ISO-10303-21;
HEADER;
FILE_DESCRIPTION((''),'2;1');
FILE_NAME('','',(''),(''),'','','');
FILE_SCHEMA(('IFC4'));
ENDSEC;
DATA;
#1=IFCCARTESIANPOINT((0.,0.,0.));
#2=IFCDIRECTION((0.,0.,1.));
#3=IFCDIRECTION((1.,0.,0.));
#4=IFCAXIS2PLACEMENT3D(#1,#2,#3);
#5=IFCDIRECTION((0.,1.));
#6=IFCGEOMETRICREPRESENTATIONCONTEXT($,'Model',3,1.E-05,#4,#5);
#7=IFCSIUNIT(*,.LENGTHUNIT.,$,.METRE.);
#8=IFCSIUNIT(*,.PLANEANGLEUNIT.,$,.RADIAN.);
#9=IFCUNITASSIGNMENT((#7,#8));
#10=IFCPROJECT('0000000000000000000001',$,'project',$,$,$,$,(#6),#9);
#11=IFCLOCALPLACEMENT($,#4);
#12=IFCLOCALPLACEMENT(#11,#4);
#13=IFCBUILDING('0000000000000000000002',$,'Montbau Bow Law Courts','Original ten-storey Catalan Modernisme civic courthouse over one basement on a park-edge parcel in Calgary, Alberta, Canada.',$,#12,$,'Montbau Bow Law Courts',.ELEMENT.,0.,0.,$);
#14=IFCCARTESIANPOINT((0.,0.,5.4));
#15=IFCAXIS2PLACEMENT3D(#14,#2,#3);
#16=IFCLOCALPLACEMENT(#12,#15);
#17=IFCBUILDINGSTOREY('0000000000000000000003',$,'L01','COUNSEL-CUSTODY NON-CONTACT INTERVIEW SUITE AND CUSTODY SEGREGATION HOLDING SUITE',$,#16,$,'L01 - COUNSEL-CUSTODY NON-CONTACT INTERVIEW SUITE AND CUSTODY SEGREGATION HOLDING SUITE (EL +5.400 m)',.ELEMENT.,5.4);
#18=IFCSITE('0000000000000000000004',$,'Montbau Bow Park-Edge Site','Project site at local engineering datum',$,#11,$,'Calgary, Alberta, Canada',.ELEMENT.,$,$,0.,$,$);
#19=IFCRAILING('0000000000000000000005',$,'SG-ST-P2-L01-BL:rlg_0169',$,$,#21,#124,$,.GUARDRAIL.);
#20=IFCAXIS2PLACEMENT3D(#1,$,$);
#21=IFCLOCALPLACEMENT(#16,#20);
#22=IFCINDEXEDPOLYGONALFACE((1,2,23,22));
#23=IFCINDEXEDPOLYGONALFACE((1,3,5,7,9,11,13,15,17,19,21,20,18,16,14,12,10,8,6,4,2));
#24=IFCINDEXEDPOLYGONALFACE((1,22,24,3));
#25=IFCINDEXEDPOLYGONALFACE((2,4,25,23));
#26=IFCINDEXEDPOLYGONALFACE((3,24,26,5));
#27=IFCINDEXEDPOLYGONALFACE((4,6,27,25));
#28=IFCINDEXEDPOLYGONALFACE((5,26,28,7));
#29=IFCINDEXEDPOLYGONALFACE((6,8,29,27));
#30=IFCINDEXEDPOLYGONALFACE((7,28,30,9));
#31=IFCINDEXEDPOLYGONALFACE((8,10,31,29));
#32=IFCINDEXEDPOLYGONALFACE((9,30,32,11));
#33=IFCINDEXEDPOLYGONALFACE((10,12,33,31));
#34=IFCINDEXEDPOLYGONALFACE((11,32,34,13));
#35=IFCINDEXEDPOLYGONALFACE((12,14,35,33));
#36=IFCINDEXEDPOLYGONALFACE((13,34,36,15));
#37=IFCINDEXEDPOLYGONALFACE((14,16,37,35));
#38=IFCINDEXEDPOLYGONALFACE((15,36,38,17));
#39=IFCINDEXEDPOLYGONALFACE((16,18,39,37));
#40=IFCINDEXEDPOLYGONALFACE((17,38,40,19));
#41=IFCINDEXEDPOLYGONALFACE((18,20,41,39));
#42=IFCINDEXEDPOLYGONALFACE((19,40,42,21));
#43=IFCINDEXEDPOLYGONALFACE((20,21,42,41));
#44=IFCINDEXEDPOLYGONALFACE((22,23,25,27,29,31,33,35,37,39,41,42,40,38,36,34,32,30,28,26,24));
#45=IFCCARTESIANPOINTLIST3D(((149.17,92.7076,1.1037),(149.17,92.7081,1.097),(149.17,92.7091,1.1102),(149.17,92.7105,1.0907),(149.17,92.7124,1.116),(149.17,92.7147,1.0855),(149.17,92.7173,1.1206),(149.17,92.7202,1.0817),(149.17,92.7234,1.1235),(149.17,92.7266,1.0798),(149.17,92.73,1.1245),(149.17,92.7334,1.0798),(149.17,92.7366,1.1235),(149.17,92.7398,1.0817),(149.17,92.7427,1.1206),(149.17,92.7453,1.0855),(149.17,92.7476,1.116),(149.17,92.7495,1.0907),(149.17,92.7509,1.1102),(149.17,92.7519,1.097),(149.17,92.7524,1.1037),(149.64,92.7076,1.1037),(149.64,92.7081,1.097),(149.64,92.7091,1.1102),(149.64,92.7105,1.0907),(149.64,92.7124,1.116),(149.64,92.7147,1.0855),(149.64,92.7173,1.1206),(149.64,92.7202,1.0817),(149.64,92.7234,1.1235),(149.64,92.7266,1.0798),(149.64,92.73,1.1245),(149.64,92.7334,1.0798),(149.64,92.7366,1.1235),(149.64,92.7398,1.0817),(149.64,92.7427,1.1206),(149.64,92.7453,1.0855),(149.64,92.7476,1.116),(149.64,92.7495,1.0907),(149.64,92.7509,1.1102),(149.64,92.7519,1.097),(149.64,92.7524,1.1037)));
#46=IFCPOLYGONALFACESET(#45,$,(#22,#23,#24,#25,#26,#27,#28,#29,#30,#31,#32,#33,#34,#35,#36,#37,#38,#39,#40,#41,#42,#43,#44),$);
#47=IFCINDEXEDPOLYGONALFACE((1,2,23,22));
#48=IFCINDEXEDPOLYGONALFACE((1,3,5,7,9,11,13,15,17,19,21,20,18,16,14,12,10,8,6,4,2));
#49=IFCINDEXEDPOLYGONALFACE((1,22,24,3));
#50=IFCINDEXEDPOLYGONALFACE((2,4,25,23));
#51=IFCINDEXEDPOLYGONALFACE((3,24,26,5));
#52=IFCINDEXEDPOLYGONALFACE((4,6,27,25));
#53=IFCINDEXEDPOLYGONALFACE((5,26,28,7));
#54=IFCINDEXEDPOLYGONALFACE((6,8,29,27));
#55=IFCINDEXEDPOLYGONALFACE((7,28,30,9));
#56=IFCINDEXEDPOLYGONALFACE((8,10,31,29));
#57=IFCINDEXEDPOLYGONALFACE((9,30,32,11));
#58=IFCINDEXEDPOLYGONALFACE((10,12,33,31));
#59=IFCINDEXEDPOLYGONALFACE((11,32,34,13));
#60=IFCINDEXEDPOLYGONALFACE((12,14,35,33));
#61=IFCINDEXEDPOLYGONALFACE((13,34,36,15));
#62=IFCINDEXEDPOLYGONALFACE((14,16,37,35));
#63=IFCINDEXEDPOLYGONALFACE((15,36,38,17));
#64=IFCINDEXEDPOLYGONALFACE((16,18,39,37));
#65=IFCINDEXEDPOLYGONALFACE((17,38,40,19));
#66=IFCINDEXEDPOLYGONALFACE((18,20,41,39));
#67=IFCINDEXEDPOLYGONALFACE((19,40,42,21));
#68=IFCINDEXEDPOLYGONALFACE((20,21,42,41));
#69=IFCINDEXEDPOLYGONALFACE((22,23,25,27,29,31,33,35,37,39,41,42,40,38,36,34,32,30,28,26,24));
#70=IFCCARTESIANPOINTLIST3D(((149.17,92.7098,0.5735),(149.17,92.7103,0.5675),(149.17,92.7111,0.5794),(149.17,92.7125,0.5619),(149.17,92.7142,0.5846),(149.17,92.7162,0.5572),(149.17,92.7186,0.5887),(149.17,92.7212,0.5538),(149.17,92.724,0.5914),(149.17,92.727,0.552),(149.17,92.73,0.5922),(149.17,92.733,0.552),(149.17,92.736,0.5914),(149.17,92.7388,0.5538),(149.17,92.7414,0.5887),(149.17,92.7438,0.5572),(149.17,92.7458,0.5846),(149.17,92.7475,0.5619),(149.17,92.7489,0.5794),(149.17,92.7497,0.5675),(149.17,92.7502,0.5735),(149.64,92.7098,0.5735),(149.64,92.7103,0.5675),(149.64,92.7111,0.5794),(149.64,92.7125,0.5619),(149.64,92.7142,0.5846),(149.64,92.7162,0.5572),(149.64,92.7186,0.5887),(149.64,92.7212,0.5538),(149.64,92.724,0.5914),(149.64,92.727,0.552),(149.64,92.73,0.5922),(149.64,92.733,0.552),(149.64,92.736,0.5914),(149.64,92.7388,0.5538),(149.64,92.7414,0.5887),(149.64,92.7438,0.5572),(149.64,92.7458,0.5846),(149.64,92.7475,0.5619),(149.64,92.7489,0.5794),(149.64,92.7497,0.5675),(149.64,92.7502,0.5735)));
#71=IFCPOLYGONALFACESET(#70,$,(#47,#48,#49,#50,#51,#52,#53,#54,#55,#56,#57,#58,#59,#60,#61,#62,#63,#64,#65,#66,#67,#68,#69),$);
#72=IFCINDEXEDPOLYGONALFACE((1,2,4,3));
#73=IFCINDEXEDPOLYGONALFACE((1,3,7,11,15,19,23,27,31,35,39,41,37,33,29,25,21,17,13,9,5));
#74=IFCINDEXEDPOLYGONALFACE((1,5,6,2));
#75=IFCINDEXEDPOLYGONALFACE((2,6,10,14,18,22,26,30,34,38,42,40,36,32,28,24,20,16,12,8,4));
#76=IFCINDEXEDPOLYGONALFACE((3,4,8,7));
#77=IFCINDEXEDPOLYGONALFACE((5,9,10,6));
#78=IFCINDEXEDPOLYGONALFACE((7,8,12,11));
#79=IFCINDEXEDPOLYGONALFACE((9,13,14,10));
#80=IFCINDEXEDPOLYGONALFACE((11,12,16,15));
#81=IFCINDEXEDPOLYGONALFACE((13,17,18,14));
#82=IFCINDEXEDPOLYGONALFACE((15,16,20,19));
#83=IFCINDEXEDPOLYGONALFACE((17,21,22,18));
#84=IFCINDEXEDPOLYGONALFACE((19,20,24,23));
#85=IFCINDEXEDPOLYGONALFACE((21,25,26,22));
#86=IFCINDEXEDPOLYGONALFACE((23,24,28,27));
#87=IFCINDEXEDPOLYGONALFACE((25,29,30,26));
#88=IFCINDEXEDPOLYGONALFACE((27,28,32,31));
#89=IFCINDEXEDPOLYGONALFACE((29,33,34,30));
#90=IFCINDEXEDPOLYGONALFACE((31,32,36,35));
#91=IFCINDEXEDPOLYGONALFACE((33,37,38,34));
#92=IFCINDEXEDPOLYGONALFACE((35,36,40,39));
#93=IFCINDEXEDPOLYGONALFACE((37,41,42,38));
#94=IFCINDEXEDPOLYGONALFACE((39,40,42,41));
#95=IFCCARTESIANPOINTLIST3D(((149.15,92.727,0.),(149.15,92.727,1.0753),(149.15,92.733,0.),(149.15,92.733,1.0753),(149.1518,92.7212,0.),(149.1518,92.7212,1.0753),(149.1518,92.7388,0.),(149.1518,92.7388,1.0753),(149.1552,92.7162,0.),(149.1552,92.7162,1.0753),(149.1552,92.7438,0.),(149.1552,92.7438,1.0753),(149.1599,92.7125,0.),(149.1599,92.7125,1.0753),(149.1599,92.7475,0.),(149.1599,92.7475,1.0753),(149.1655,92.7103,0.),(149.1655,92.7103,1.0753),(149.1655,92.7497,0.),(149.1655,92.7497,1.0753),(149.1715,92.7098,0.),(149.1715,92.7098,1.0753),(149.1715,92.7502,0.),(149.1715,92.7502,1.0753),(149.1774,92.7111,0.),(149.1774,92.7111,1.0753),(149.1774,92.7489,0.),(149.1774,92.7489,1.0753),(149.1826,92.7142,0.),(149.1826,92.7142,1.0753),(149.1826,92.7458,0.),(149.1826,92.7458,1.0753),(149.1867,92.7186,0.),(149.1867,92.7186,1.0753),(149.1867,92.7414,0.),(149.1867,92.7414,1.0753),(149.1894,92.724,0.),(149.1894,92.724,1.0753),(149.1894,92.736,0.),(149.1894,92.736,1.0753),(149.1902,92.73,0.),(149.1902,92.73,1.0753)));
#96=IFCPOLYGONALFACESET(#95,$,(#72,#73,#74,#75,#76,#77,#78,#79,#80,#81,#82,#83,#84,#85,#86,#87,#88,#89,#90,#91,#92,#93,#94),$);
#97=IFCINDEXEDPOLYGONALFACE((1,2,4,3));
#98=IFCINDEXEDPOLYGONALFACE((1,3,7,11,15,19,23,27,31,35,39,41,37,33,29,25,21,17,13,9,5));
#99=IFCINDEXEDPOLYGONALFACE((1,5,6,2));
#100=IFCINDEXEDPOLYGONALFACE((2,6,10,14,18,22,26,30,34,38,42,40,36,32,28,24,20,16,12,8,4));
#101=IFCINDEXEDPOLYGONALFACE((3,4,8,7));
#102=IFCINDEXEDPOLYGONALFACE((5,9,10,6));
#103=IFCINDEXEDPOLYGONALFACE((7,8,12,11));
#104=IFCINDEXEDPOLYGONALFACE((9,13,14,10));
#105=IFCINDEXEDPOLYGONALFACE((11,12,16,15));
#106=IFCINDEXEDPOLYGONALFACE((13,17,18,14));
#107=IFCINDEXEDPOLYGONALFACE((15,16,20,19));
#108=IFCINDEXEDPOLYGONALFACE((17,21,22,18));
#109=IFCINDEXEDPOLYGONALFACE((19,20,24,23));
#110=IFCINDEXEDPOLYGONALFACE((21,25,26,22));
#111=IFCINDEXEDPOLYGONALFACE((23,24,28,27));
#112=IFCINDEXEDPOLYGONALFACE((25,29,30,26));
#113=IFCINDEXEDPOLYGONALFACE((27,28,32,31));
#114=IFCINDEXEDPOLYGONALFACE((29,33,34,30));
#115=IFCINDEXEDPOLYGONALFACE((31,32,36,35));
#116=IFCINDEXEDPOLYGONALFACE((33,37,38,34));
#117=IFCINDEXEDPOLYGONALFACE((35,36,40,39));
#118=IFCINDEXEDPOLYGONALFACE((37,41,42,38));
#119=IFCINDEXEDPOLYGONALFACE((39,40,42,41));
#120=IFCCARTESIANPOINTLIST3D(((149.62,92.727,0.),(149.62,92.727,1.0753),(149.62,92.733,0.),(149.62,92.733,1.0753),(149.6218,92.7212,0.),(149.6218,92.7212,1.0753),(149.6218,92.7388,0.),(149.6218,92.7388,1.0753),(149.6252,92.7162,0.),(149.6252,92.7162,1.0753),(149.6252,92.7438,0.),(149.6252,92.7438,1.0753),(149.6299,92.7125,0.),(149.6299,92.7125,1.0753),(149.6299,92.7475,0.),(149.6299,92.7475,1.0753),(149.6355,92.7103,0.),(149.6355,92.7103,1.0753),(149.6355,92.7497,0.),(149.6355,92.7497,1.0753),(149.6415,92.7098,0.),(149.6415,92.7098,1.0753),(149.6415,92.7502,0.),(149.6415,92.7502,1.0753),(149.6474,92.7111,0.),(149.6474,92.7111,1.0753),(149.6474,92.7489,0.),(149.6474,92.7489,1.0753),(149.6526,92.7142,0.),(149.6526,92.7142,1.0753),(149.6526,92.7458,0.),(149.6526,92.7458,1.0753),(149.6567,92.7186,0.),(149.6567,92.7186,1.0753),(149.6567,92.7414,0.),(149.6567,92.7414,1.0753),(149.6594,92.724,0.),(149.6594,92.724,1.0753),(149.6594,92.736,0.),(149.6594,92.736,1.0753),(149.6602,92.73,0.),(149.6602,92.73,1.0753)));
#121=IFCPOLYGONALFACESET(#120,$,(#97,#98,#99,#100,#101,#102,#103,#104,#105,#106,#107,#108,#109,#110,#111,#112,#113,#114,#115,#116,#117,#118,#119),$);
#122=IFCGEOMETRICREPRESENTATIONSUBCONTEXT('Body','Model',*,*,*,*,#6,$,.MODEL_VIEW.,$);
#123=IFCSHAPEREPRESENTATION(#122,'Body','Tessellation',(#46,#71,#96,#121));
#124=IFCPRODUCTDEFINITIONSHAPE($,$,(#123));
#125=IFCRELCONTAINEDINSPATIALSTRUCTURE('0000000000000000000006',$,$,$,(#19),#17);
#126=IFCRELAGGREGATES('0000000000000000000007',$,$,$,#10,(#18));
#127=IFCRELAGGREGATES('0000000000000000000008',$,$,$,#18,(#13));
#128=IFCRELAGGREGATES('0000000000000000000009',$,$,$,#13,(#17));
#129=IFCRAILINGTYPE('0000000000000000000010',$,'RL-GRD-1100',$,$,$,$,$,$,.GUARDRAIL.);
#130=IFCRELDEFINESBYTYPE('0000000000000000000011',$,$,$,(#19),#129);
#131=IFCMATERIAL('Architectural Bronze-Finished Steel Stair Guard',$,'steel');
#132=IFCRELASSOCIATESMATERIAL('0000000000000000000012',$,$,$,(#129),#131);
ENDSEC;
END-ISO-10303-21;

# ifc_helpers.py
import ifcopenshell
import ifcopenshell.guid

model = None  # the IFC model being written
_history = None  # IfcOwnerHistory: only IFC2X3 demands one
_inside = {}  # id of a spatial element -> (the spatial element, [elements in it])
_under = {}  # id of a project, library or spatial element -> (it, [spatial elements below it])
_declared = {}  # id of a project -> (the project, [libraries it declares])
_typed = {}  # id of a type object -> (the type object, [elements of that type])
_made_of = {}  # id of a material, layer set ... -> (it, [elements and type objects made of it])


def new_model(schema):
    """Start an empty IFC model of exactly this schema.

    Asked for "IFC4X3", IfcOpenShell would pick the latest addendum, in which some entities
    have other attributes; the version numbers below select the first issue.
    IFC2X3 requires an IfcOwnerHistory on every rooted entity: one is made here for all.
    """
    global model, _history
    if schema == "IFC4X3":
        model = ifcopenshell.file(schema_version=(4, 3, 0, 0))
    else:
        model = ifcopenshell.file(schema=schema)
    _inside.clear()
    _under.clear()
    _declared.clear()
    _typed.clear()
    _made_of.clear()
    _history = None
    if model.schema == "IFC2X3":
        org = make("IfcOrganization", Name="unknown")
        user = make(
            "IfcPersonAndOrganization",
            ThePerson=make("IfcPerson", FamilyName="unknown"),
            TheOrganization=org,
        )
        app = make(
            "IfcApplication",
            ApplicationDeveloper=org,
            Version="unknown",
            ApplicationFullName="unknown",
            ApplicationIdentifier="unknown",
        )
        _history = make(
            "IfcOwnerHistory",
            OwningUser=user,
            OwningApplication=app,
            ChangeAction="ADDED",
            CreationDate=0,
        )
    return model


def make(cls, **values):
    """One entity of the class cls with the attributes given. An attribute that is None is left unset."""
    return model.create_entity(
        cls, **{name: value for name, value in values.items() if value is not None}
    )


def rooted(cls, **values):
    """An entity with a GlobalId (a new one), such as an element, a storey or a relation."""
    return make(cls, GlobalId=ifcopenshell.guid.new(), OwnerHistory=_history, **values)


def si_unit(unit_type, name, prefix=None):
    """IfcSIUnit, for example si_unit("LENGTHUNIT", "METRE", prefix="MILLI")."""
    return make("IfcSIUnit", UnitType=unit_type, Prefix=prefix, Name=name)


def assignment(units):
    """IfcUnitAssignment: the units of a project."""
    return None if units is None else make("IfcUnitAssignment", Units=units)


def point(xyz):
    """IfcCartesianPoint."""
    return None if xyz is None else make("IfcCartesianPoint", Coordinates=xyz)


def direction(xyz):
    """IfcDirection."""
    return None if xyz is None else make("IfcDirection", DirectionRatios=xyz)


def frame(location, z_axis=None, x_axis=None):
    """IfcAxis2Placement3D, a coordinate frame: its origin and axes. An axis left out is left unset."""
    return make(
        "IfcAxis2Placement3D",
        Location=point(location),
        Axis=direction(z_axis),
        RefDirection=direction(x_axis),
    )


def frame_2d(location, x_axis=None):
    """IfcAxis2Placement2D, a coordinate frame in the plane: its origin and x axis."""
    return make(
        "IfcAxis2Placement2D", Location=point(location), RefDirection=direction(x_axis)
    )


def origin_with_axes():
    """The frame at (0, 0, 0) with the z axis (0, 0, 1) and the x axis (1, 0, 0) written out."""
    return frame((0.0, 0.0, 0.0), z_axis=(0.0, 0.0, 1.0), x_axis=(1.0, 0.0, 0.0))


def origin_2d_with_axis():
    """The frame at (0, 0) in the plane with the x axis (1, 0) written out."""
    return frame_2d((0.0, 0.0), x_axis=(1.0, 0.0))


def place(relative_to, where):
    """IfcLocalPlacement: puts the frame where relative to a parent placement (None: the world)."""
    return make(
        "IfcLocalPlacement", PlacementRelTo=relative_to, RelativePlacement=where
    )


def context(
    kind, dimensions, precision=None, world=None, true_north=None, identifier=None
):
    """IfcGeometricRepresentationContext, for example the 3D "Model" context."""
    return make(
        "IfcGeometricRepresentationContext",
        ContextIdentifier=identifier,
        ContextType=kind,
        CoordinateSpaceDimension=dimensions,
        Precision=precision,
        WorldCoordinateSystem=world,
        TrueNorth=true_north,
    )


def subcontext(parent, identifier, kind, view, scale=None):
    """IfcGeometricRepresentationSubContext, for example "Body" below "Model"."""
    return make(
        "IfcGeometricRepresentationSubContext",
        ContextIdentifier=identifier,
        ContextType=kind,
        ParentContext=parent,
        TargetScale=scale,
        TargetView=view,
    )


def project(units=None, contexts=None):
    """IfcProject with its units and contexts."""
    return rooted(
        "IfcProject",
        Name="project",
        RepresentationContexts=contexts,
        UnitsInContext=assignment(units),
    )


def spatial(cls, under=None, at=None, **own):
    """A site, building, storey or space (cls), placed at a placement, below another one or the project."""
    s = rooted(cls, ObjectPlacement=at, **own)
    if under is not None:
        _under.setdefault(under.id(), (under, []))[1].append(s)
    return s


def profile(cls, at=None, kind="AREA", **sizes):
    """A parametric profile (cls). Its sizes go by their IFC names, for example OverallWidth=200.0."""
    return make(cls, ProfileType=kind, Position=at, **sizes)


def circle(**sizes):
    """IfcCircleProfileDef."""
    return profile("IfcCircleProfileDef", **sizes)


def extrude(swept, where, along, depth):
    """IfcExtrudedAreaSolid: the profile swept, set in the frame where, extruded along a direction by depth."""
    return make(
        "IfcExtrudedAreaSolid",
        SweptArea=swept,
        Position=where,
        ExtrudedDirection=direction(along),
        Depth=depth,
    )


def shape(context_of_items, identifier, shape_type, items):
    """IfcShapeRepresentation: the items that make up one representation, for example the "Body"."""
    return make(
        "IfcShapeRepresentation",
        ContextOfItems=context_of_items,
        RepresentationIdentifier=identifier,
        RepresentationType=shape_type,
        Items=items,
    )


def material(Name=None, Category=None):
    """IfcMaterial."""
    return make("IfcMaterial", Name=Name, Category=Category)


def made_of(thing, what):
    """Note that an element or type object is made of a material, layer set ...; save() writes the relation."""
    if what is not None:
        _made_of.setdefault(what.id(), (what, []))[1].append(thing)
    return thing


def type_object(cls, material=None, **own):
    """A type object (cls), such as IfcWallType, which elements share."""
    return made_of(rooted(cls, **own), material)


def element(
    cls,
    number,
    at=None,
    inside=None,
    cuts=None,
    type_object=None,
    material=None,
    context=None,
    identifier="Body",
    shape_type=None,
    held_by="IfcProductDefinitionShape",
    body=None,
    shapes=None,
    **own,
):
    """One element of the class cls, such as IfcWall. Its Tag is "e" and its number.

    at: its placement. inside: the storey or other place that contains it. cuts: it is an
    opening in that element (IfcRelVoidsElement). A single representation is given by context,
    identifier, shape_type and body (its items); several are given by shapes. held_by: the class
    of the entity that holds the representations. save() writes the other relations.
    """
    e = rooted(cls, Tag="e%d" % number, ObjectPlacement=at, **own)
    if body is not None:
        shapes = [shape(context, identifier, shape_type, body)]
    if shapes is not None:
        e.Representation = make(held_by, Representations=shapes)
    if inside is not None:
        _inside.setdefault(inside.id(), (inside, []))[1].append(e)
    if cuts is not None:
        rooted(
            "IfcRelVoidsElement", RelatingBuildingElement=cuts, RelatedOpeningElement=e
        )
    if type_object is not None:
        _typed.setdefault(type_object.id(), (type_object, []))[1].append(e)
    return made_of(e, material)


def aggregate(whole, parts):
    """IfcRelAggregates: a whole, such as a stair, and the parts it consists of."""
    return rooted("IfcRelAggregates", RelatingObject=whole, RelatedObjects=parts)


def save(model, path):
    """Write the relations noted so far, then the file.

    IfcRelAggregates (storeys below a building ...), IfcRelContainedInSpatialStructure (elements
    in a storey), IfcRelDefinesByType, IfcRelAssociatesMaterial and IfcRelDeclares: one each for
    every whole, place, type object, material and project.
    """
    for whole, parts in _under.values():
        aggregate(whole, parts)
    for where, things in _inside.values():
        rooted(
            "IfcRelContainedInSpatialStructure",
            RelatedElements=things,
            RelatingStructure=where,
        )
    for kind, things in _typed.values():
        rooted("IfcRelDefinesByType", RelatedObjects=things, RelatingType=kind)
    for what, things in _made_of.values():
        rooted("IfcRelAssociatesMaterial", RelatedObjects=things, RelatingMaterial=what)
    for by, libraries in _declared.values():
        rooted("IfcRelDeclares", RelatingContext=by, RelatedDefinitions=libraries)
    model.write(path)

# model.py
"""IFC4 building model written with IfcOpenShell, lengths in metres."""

from ifc_helpers import new_model, si_unit, direction, frame, origin_with_axes, origin_2d_with_axis, place, context, subcontext, project, spatial, circle, extrude, material, type_object, element, save


model = new_model("IFC4")

# Units and contexts
model_context = context("Model", 3, precision=1e-05, world=origin_with_axes(), true_north=direction((0.0, 1.0)))
body_context = subcontext(model_context, "Body", "Model", "MODEL_VIEW")
ifc_project = project(units=[si_unit("LENGTHUNIT", "METRE"), si_unit("PLANEANGLEUNIT", "RADIAN")], contexts=[model_context])

# Site, building, storey
site_placement = place(None, origin_with_axes())
site = spatial("IfcSite", under=ifc_project, at=site_placement, Name="Montbau Bow Park-Edge Site", Description="Project site at local engineering datum", LongName="Calgary, Alberta, Canada", CompositionType="ELEMENT", RefElevation=0.0)
building_placement = place(site_placement, origin_with_axes())
building = spatial("IfcBuilding", under=site, at=building_placement, Name="Montbau Bow Law Courts", Description="Original ten-storey Catalan Modernisme civic courthouse over one basement on a park-edge parcel in Calgary, Alberta, Canada.", LongName="Montbau Bow Law Courts", CompositionType="ELEMENT", ElevationOfRefHeight=0.0, ElevationOfTerrain=0.0)
storey_placement = place(building_placement, frame((0.0, 0.0, 5.4), z_axis=(0.0, 0.0, 1.0), x_axis=(1.0, 0.0, 0.0)))
storey = spatial("IfcBuildingStorey", under=building, at=storey_placement, Name="L01", Description="COUNSEL-CUSTODY NON-CONTACT INTERVIEW SUITE AND CUSTODY SEGREGATION HOLDING SUITE", LongName="L01 - COUNSEL-CUSTODY NON-CONTACT INTERVIEW SUITE AND CUSTODY SEGREGATION HOLDING SUITE (EL +5.400 m)", CompositionType="ELEMENT", Elevation=5.4)

# Railing
ifc_material_1 = material(Name="Architectural Bronze-Finished Steel Stair Guard", Category="steel")
railing_type_1 = type_object("IfcRailingType", Name="RL-GRD-1100", PredefinedType="GUARDRAIL", material=ifc_material_1)
railing_1_placement = place(None, origin_with_axes())
element("IfcRailing", 1, at=railing_1_placement, inside=storey, type_object=railing_type_1, Name="SG-ST-P2-L01-BL:rlg_0169", PredefinedType="GUARDRAIL", context=body_context, shape_type="SweptSolid", body=[
    extrude(circle(Radius=0.0225, at=origin_2d_with_axis()), frame((149.17, 92.73, 6.502), z_axis=(1.0, 0.0, 0.0), x_axis=(0.0, 0.0, 1.0)), (0.0, 0.0, 1.0), 0.47),
    extrude(circle(Radius=0.0203, at=origin_2d_with_axis()), frame((149.17, 92.73, 5.972), z_axis=(1.0, 0.0, 0.0), x_axis=(0.0, 0.0, 1.0)), (0.0, 0.0, 1.0), 0.47),
    extrude(circle(Radius=0.0203, at=origin_2d_with_axis()), frame((149.17, 92.73, 5.4), z_axis=(0.0, 0.0, 1.0), x_axis=(1.0, 0.0, 0.0)), (0.0, 0.0, 1.0), 1.0753),
    extrude(circle(Radius=0.0203, at=origin_2d_with_axis()), frame((149.64, 92.73, 5.4), z_axis=(0.0, 0.0, 1.0), x_axis=(1.0, 0.0, 0.0)), (0.0, 0.0, 1.0), 1.0753),
])

save(model, "model.ifc")
